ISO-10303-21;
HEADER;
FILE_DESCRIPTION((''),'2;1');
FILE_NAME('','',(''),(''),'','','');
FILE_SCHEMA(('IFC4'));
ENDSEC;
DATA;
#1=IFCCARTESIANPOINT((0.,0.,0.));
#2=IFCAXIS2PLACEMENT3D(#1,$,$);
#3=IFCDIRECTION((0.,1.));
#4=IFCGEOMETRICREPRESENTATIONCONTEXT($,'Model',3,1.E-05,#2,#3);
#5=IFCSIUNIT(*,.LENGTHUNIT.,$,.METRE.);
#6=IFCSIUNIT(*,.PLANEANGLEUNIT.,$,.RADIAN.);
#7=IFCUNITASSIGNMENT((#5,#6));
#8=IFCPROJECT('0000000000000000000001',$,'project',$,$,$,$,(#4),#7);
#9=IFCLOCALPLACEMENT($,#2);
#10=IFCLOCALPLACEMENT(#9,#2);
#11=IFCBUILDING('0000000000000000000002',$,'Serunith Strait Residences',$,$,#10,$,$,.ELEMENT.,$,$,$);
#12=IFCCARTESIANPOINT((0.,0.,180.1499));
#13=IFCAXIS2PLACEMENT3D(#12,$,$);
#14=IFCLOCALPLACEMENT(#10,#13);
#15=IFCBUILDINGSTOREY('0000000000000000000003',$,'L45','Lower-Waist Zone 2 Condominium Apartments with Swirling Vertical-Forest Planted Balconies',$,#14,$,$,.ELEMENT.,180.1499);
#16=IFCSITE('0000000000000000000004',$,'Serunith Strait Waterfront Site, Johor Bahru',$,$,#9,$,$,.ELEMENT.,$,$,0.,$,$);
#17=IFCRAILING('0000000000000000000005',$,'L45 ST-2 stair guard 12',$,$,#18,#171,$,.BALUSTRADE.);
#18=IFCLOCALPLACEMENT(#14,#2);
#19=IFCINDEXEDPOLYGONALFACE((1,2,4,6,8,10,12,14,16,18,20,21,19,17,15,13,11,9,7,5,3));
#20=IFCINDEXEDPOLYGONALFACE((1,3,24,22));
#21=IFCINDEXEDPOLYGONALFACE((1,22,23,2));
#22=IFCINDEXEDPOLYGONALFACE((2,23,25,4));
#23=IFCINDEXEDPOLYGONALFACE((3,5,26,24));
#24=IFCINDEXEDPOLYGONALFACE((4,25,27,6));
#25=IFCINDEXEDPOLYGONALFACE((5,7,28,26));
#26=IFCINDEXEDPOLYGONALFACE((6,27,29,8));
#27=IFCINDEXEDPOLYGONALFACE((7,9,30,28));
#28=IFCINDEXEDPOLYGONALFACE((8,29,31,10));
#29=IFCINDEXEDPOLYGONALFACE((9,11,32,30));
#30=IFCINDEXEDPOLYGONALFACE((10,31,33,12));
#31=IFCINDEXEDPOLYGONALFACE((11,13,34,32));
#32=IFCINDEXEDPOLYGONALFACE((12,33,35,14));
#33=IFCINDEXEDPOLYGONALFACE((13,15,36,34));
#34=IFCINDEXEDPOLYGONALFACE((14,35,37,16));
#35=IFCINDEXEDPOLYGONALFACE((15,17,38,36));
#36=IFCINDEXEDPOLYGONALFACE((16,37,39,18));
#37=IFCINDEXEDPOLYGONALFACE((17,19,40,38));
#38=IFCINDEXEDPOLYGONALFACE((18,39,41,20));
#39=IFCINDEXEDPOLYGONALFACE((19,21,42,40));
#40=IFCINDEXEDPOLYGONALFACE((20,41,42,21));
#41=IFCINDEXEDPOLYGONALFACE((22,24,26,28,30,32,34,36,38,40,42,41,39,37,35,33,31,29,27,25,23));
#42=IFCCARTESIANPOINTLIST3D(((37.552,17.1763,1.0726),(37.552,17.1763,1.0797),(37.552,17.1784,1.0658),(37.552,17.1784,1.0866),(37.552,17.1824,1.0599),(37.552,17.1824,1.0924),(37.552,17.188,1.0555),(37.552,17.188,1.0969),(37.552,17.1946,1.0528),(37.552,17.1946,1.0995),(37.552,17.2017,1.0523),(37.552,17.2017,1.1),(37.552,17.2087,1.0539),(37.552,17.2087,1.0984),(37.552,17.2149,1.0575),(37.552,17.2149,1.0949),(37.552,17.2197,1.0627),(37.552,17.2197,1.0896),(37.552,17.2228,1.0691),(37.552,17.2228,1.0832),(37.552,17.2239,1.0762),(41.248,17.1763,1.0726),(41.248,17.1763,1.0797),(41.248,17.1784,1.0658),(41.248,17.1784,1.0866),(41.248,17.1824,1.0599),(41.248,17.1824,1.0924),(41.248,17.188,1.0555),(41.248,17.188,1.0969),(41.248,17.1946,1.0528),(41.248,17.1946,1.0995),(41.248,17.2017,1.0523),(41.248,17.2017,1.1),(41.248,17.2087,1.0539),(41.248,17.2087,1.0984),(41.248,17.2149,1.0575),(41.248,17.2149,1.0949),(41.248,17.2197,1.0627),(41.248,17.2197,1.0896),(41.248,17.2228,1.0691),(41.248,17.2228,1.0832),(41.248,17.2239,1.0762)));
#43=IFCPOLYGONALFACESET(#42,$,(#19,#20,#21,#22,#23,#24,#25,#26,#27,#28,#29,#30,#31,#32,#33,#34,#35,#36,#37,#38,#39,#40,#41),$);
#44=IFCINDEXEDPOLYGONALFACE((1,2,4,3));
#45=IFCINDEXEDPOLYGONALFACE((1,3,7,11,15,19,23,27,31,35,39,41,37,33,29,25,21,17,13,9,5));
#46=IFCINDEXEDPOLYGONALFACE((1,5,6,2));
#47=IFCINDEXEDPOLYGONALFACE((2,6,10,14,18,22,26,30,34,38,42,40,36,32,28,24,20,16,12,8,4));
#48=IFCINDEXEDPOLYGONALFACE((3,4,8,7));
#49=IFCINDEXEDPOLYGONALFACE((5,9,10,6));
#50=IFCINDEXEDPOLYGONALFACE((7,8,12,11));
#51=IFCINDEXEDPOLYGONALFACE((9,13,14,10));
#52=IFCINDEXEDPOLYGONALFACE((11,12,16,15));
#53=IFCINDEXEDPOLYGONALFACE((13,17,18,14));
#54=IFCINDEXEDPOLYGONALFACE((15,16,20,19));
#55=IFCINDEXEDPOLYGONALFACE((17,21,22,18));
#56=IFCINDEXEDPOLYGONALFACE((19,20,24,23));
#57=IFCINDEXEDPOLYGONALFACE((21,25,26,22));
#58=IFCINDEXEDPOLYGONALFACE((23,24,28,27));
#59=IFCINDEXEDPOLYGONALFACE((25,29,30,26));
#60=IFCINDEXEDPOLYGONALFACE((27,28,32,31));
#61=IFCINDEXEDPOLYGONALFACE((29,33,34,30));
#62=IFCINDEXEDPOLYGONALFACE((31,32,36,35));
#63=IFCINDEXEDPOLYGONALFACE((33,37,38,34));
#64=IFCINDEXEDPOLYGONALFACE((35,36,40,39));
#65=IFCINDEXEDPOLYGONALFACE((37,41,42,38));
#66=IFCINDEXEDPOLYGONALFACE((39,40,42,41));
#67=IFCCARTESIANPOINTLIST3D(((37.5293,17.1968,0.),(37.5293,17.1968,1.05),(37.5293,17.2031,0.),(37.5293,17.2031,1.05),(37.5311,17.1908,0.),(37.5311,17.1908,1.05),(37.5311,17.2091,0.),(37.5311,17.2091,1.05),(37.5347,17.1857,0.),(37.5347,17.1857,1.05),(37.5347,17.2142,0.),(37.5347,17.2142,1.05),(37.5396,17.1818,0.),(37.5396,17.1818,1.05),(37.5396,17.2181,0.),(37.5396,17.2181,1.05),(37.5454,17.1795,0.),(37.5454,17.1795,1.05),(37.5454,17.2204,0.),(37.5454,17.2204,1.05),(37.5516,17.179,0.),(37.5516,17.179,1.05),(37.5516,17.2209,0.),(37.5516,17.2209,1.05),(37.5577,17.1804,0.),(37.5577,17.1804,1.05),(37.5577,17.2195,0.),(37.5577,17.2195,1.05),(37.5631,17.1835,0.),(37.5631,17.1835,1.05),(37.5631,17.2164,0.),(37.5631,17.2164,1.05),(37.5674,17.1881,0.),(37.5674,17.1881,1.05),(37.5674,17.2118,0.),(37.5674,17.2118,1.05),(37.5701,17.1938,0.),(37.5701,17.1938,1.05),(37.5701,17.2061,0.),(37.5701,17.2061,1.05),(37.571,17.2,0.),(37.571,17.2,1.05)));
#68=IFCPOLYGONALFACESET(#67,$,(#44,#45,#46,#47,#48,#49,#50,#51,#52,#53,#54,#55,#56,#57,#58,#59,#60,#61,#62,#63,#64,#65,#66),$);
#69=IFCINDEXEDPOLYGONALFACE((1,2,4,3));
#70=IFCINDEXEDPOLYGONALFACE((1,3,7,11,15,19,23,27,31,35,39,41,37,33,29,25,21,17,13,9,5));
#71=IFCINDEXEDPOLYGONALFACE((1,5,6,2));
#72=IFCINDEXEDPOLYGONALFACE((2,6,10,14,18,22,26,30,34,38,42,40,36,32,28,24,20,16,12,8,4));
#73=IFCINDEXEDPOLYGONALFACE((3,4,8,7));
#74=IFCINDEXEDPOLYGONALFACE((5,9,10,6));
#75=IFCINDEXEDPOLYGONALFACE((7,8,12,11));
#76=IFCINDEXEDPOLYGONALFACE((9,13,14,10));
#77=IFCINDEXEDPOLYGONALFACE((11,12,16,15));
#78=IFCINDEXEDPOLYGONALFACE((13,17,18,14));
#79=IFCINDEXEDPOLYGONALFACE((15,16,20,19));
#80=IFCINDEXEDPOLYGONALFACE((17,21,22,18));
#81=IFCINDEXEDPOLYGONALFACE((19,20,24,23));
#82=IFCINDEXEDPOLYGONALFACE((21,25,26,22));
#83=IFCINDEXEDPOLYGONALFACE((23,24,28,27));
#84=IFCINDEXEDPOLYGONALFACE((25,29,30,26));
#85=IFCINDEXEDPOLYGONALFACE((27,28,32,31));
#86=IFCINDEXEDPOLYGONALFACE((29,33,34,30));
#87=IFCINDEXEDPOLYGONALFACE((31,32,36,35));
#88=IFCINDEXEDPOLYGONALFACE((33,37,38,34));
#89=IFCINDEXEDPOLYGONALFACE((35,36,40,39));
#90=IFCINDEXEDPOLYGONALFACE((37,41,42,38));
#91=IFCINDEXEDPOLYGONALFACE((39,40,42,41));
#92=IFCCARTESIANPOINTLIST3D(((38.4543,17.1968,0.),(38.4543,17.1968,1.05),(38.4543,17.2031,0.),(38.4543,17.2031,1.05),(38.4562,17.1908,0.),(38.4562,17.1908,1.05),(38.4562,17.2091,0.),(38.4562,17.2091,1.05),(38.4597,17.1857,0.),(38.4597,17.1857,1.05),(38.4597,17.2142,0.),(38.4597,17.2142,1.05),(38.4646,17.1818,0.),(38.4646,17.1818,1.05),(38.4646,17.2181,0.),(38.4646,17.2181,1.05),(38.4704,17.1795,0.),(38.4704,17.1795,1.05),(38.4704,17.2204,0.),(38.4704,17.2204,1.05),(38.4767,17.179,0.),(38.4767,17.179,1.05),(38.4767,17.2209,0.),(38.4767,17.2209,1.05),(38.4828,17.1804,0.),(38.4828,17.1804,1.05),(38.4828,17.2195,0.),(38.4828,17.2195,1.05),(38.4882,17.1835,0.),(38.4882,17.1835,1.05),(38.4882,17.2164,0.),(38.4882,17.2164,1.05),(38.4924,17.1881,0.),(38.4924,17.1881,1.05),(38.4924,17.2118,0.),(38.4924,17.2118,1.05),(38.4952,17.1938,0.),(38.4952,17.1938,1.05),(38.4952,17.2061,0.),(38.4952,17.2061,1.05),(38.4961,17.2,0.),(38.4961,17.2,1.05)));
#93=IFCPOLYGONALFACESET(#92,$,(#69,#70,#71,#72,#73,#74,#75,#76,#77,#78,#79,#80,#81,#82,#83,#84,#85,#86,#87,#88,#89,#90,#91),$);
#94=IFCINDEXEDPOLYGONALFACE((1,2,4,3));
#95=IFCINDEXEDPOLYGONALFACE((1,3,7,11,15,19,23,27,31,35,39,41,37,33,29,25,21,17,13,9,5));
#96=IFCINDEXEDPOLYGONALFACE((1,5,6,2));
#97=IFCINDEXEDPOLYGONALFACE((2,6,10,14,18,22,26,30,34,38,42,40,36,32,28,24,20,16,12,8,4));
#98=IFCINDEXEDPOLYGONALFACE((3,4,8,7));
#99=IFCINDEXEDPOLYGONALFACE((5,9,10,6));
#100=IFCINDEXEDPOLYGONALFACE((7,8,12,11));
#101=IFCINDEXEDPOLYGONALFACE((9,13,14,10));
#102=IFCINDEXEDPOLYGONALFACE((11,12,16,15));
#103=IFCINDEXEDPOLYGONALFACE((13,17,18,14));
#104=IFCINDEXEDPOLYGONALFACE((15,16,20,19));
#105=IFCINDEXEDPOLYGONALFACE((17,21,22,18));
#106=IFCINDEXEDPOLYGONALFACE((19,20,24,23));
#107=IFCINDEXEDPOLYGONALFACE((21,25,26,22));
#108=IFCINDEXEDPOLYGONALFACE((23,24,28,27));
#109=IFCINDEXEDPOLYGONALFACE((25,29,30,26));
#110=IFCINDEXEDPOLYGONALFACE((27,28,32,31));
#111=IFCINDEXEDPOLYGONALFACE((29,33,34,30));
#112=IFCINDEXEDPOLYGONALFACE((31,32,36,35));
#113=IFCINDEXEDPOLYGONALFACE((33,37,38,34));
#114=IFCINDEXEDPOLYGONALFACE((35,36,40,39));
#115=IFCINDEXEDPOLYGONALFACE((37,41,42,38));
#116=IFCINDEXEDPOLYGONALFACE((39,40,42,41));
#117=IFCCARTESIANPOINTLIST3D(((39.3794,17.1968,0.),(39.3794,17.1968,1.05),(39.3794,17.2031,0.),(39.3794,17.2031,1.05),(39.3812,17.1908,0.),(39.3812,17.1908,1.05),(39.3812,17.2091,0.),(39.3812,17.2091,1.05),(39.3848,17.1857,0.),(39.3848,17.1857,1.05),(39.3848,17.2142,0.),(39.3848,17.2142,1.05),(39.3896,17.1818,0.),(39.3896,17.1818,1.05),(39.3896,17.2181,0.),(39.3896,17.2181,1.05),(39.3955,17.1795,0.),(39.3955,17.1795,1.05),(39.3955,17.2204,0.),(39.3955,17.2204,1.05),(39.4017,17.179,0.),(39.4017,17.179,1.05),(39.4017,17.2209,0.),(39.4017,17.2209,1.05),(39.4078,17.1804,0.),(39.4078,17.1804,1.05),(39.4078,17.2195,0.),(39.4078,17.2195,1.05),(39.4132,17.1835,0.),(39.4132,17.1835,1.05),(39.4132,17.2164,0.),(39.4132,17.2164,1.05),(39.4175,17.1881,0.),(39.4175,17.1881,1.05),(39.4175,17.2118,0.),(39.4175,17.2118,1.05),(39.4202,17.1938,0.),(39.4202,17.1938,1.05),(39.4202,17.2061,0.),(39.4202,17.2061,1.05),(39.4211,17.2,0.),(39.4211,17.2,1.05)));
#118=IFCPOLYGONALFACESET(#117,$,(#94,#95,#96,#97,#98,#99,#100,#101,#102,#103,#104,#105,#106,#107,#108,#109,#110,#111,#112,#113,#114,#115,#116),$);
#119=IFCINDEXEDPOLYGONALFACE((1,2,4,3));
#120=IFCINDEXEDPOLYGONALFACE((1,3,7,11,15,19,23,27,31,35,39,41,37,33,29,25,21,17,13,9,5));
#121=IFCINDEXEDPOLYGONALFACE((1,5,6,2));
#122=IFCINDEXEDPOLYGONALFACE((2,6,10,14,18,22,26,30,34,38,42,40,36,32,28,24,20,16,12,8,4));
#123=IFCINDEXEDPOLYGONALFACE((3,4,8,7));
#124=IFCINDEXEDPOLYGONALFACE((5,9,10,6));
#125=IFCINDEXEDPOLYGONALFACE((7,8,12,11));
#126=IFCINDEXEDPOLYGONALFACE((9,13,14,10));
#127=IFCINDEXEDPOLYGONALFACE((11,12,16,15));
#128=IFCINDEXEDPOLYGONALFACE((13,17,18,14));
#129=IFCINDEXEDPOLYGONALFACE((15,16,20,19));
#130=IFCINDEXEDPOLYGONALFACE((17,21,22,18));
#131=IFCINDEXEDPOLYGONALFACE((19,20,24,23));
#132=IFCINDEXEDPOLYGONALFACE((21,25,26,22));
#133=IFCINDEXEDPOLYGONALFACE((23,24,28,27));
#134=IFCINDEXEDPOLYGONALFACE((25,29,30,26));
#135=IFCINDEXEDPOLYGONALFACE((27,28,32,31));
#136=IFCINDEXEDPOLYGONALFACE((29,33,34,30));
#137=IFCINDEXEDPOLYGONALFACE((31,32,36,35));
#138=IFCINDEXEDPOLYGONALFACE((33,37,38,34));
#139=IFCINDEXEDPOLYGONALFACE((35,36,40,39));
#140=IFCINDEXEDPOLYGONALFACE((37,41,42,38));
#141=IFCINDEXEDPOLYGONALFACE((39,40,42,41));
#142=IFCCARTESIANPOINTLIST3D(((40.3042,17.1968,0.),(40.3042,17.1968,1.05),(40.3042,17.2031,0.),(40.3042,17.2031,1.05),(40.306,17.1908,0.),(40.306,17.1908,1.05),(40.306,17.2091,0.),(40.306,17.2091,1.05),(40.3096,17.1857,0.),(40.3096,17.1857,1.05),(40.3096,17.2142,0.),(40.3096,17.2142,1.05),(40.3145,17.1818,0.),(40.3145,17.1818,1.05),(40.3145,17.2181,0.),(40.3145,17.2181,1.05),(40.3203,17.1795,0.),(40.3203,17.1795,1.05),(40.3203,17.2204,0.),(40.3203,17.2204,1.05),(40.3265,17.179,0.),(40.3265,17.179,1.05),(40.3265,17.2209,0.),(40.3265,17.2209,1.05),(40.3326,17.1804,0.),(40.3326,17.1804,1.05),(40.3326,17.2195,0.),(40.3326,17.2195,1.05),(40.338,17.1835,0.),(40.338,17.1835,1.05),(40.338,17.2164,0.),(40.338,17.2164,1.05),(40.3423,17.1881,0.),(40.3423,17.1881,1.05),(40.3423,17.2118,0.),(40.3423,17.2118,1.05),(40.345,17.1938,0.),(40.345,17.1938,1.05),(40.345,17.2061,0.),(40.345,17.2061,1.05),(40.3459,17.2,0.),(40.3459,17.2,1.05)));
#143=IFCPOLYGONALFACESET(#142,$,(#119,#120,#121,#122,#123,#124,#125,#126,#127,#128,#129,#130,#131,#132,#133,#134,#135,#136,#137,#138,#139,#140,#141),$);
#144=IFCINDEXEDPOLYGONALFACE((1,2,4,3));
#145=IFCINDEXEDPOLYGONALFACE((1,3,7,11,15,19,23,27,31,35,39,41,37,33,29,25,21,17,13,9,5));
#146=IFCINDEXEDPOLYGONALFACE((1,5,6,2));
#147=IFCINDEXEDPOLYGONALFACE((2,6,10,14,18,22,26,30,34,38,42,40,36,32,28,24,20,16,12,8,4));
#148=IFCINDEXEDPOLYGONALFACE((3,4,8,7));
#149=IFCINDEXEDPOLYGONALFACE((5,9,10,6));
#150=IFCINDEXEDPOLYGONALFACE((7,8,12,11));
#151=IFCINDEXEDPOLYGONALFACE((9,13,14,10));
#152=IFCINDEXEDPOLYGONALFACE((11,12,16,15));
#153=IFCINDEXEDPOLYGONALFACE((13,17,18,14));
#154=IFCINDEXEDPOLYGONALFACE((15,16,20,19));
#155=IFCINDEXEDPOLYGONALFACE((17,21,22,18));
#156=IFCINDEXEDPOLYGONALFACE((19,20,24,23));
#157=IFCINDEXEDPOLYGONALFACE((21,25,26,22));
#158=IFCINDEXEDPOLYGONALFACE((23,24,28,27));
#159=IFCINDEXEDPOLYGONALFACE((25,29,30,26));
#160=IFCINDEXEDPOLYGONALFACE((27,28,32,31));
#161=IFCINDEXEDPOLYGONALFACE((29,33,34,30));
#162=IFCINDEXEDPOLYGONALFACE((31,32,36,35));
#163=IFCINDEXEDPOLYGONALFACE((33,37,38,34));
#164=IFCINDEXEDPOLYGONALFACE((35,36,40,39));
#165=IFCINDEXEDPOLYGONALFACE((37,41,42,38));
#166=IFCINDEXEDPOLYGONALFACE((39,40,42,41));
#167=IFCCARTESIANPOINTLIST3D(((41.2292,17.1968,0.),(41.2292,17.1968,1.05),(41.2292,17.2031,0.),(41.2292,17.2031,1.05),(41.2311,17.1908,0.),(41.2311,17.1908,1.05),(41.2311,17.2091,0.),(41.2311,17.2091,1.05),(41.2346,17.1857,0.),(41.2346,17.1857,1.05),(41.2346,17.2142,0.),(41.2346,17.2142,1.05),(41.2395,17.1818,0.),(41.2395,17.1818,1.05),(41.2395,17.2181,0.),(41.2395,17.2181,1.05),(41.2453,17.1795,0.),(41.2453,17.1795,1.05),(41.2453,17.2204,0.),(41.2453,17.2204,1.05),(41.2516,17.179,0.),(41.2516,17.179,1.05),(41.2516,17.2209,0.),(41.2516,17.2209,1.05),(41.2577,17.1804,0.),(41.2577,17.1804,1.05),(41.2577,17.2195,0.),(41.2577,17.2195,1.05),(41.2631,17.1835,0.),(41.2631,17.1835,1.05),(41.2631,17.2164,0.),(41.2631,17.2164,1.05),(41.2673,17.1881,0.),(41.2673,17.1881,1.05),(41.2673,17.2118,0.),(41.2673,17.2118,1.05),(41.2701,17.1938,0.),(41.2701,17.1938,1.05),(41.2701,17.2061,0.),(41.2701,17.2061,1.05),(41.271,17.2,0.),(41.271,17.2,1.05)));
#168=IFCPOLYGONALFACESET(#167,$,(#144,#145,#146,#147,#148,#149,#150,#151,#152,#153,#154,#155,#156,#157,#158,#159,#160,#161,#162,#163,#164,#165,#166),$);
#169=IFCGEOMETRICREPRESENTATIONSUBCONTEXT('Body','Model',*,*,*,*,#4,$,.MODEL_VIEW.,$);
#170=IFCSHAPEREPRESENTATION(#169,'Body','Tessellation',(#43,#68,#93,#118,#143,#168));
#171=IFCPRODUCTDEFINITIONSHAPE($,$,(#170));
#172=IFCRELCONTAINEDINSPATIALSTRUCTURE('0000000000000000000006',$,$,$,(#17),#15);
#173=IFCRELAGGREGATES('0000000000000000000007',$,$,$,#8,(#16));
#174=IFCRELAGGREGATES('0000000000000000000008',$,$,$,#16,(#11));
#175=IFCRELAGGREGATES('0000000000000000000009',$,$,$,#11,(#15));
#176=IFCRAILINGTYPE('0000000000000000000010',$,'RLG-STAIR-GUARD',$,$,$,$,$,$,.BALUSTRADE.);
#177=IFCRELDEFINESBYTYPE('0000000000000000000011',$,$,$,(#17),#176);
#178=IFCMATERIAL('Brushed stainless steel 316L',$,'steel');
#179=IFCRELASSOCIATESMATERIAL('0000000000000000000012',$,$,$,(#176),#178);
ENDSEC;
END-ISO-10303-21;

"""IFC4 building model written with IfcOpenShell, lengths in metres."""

from ifc_helpers import new_model, si_unit, direction, frame, origin, origin_2d, place, context, subcontext, project, spatial, circle, extrude, material, type_object, element, save


model = new_model("IFC4")

# Units and contexts
model_context = context("Model", 3, precision=1e-05, world=origin(), true_north=direction((0.0, 1.0)))
body_context = subcontext(model_context, "Body", "Model", "MODEL_VIEW")
ifc_project = project(units=[si_unit("LENGTHUNIT", "METRE"), si_unit("PLANEANGLEUNIT", "RADIAN")], contexts=[model_context])

# Site, building, storey
site_placement = place(None, origin())
site = spatial("IfcSite", under=ifc_project, at=site_placement, Name="Serunith Strait Waterfront Site, Johor Bahru", CompositionType="ELEMENT", RefElevation=0.0)
building_placement = place(site_placement, origin())
building = spatial("IfcBuilding", under=site, at=building_placement, Name="Serunith Strait Residences", CompositionType="ELEMENT")
storey_placement = place(building_placement, frame((0.0, 0.0, 180.1499)))
storey = spatial("IfcBuildingStorey", under=building, at=storey_placement, Name="L45", Description="Lower-Waist Zone 2 Condominium Apartments with Swirling Vertical-Forest Planted Balconies", CompositionType="ELEMENT", Elevation=180.1499)

# Railing
ifc_material_1 = material(Name="Brushed stainless steel 316L", Category="steel")
railing_type_1 = type_object("IfcRailingType", Name="RLG-STAIR-GUARD", PredefinedType="BALUSTRADE", material=ifc_material_1)
railing_1_placement = place(storey_placement, frame((37.55, 17.2, 0.0)))
element("IfcRailing", 1, at=railing_1_placement, inside=storey, type_object=railing_type_1, Name="L45 ST-2 stair guard 12", PredefinedType="BALUSTRADE", context=body_context, shape_type="SweptSolid", body=[
    extrude(circle(Radius=0.0239, at=origin_2d()), frame((0.002, 0.0, 1.0762), z_axis=(1.0, 0.0, 0.0), x_axis=(0.0, 1.0, 0.0)), (0.0, 0.0, 1.0), 3.696),
    extrude(circle(Radius=0.021, at=origin_2d()), origin(), (0.0, 0.0, 1.0), 1.05),
    extrude(circle(Radius=0.021, at=origin_2d()), frame((0.925, 0.0, 0.0)), (0.0, 0.0, 1.0), 1.05),
    extrude(circle(Radius=0.021, at=origin_2d()), frame((1.8501, 0.0, 0.0)), (0.0, 0.0, 1.0), 1.05),
    extrude(circle(Radius=0.021, at=origin_2d()), frame((2.7749, 0.0, 0.0)), (0.0, 0.0, 1.0), 1.05),
    extrude(circle(Radius=0.021, at=origin_2d()), frame((3.7, 0.0, 0.0)), (0.0, 0.0, 1.0), 1.05),
])

save(model, "model.ifc")
